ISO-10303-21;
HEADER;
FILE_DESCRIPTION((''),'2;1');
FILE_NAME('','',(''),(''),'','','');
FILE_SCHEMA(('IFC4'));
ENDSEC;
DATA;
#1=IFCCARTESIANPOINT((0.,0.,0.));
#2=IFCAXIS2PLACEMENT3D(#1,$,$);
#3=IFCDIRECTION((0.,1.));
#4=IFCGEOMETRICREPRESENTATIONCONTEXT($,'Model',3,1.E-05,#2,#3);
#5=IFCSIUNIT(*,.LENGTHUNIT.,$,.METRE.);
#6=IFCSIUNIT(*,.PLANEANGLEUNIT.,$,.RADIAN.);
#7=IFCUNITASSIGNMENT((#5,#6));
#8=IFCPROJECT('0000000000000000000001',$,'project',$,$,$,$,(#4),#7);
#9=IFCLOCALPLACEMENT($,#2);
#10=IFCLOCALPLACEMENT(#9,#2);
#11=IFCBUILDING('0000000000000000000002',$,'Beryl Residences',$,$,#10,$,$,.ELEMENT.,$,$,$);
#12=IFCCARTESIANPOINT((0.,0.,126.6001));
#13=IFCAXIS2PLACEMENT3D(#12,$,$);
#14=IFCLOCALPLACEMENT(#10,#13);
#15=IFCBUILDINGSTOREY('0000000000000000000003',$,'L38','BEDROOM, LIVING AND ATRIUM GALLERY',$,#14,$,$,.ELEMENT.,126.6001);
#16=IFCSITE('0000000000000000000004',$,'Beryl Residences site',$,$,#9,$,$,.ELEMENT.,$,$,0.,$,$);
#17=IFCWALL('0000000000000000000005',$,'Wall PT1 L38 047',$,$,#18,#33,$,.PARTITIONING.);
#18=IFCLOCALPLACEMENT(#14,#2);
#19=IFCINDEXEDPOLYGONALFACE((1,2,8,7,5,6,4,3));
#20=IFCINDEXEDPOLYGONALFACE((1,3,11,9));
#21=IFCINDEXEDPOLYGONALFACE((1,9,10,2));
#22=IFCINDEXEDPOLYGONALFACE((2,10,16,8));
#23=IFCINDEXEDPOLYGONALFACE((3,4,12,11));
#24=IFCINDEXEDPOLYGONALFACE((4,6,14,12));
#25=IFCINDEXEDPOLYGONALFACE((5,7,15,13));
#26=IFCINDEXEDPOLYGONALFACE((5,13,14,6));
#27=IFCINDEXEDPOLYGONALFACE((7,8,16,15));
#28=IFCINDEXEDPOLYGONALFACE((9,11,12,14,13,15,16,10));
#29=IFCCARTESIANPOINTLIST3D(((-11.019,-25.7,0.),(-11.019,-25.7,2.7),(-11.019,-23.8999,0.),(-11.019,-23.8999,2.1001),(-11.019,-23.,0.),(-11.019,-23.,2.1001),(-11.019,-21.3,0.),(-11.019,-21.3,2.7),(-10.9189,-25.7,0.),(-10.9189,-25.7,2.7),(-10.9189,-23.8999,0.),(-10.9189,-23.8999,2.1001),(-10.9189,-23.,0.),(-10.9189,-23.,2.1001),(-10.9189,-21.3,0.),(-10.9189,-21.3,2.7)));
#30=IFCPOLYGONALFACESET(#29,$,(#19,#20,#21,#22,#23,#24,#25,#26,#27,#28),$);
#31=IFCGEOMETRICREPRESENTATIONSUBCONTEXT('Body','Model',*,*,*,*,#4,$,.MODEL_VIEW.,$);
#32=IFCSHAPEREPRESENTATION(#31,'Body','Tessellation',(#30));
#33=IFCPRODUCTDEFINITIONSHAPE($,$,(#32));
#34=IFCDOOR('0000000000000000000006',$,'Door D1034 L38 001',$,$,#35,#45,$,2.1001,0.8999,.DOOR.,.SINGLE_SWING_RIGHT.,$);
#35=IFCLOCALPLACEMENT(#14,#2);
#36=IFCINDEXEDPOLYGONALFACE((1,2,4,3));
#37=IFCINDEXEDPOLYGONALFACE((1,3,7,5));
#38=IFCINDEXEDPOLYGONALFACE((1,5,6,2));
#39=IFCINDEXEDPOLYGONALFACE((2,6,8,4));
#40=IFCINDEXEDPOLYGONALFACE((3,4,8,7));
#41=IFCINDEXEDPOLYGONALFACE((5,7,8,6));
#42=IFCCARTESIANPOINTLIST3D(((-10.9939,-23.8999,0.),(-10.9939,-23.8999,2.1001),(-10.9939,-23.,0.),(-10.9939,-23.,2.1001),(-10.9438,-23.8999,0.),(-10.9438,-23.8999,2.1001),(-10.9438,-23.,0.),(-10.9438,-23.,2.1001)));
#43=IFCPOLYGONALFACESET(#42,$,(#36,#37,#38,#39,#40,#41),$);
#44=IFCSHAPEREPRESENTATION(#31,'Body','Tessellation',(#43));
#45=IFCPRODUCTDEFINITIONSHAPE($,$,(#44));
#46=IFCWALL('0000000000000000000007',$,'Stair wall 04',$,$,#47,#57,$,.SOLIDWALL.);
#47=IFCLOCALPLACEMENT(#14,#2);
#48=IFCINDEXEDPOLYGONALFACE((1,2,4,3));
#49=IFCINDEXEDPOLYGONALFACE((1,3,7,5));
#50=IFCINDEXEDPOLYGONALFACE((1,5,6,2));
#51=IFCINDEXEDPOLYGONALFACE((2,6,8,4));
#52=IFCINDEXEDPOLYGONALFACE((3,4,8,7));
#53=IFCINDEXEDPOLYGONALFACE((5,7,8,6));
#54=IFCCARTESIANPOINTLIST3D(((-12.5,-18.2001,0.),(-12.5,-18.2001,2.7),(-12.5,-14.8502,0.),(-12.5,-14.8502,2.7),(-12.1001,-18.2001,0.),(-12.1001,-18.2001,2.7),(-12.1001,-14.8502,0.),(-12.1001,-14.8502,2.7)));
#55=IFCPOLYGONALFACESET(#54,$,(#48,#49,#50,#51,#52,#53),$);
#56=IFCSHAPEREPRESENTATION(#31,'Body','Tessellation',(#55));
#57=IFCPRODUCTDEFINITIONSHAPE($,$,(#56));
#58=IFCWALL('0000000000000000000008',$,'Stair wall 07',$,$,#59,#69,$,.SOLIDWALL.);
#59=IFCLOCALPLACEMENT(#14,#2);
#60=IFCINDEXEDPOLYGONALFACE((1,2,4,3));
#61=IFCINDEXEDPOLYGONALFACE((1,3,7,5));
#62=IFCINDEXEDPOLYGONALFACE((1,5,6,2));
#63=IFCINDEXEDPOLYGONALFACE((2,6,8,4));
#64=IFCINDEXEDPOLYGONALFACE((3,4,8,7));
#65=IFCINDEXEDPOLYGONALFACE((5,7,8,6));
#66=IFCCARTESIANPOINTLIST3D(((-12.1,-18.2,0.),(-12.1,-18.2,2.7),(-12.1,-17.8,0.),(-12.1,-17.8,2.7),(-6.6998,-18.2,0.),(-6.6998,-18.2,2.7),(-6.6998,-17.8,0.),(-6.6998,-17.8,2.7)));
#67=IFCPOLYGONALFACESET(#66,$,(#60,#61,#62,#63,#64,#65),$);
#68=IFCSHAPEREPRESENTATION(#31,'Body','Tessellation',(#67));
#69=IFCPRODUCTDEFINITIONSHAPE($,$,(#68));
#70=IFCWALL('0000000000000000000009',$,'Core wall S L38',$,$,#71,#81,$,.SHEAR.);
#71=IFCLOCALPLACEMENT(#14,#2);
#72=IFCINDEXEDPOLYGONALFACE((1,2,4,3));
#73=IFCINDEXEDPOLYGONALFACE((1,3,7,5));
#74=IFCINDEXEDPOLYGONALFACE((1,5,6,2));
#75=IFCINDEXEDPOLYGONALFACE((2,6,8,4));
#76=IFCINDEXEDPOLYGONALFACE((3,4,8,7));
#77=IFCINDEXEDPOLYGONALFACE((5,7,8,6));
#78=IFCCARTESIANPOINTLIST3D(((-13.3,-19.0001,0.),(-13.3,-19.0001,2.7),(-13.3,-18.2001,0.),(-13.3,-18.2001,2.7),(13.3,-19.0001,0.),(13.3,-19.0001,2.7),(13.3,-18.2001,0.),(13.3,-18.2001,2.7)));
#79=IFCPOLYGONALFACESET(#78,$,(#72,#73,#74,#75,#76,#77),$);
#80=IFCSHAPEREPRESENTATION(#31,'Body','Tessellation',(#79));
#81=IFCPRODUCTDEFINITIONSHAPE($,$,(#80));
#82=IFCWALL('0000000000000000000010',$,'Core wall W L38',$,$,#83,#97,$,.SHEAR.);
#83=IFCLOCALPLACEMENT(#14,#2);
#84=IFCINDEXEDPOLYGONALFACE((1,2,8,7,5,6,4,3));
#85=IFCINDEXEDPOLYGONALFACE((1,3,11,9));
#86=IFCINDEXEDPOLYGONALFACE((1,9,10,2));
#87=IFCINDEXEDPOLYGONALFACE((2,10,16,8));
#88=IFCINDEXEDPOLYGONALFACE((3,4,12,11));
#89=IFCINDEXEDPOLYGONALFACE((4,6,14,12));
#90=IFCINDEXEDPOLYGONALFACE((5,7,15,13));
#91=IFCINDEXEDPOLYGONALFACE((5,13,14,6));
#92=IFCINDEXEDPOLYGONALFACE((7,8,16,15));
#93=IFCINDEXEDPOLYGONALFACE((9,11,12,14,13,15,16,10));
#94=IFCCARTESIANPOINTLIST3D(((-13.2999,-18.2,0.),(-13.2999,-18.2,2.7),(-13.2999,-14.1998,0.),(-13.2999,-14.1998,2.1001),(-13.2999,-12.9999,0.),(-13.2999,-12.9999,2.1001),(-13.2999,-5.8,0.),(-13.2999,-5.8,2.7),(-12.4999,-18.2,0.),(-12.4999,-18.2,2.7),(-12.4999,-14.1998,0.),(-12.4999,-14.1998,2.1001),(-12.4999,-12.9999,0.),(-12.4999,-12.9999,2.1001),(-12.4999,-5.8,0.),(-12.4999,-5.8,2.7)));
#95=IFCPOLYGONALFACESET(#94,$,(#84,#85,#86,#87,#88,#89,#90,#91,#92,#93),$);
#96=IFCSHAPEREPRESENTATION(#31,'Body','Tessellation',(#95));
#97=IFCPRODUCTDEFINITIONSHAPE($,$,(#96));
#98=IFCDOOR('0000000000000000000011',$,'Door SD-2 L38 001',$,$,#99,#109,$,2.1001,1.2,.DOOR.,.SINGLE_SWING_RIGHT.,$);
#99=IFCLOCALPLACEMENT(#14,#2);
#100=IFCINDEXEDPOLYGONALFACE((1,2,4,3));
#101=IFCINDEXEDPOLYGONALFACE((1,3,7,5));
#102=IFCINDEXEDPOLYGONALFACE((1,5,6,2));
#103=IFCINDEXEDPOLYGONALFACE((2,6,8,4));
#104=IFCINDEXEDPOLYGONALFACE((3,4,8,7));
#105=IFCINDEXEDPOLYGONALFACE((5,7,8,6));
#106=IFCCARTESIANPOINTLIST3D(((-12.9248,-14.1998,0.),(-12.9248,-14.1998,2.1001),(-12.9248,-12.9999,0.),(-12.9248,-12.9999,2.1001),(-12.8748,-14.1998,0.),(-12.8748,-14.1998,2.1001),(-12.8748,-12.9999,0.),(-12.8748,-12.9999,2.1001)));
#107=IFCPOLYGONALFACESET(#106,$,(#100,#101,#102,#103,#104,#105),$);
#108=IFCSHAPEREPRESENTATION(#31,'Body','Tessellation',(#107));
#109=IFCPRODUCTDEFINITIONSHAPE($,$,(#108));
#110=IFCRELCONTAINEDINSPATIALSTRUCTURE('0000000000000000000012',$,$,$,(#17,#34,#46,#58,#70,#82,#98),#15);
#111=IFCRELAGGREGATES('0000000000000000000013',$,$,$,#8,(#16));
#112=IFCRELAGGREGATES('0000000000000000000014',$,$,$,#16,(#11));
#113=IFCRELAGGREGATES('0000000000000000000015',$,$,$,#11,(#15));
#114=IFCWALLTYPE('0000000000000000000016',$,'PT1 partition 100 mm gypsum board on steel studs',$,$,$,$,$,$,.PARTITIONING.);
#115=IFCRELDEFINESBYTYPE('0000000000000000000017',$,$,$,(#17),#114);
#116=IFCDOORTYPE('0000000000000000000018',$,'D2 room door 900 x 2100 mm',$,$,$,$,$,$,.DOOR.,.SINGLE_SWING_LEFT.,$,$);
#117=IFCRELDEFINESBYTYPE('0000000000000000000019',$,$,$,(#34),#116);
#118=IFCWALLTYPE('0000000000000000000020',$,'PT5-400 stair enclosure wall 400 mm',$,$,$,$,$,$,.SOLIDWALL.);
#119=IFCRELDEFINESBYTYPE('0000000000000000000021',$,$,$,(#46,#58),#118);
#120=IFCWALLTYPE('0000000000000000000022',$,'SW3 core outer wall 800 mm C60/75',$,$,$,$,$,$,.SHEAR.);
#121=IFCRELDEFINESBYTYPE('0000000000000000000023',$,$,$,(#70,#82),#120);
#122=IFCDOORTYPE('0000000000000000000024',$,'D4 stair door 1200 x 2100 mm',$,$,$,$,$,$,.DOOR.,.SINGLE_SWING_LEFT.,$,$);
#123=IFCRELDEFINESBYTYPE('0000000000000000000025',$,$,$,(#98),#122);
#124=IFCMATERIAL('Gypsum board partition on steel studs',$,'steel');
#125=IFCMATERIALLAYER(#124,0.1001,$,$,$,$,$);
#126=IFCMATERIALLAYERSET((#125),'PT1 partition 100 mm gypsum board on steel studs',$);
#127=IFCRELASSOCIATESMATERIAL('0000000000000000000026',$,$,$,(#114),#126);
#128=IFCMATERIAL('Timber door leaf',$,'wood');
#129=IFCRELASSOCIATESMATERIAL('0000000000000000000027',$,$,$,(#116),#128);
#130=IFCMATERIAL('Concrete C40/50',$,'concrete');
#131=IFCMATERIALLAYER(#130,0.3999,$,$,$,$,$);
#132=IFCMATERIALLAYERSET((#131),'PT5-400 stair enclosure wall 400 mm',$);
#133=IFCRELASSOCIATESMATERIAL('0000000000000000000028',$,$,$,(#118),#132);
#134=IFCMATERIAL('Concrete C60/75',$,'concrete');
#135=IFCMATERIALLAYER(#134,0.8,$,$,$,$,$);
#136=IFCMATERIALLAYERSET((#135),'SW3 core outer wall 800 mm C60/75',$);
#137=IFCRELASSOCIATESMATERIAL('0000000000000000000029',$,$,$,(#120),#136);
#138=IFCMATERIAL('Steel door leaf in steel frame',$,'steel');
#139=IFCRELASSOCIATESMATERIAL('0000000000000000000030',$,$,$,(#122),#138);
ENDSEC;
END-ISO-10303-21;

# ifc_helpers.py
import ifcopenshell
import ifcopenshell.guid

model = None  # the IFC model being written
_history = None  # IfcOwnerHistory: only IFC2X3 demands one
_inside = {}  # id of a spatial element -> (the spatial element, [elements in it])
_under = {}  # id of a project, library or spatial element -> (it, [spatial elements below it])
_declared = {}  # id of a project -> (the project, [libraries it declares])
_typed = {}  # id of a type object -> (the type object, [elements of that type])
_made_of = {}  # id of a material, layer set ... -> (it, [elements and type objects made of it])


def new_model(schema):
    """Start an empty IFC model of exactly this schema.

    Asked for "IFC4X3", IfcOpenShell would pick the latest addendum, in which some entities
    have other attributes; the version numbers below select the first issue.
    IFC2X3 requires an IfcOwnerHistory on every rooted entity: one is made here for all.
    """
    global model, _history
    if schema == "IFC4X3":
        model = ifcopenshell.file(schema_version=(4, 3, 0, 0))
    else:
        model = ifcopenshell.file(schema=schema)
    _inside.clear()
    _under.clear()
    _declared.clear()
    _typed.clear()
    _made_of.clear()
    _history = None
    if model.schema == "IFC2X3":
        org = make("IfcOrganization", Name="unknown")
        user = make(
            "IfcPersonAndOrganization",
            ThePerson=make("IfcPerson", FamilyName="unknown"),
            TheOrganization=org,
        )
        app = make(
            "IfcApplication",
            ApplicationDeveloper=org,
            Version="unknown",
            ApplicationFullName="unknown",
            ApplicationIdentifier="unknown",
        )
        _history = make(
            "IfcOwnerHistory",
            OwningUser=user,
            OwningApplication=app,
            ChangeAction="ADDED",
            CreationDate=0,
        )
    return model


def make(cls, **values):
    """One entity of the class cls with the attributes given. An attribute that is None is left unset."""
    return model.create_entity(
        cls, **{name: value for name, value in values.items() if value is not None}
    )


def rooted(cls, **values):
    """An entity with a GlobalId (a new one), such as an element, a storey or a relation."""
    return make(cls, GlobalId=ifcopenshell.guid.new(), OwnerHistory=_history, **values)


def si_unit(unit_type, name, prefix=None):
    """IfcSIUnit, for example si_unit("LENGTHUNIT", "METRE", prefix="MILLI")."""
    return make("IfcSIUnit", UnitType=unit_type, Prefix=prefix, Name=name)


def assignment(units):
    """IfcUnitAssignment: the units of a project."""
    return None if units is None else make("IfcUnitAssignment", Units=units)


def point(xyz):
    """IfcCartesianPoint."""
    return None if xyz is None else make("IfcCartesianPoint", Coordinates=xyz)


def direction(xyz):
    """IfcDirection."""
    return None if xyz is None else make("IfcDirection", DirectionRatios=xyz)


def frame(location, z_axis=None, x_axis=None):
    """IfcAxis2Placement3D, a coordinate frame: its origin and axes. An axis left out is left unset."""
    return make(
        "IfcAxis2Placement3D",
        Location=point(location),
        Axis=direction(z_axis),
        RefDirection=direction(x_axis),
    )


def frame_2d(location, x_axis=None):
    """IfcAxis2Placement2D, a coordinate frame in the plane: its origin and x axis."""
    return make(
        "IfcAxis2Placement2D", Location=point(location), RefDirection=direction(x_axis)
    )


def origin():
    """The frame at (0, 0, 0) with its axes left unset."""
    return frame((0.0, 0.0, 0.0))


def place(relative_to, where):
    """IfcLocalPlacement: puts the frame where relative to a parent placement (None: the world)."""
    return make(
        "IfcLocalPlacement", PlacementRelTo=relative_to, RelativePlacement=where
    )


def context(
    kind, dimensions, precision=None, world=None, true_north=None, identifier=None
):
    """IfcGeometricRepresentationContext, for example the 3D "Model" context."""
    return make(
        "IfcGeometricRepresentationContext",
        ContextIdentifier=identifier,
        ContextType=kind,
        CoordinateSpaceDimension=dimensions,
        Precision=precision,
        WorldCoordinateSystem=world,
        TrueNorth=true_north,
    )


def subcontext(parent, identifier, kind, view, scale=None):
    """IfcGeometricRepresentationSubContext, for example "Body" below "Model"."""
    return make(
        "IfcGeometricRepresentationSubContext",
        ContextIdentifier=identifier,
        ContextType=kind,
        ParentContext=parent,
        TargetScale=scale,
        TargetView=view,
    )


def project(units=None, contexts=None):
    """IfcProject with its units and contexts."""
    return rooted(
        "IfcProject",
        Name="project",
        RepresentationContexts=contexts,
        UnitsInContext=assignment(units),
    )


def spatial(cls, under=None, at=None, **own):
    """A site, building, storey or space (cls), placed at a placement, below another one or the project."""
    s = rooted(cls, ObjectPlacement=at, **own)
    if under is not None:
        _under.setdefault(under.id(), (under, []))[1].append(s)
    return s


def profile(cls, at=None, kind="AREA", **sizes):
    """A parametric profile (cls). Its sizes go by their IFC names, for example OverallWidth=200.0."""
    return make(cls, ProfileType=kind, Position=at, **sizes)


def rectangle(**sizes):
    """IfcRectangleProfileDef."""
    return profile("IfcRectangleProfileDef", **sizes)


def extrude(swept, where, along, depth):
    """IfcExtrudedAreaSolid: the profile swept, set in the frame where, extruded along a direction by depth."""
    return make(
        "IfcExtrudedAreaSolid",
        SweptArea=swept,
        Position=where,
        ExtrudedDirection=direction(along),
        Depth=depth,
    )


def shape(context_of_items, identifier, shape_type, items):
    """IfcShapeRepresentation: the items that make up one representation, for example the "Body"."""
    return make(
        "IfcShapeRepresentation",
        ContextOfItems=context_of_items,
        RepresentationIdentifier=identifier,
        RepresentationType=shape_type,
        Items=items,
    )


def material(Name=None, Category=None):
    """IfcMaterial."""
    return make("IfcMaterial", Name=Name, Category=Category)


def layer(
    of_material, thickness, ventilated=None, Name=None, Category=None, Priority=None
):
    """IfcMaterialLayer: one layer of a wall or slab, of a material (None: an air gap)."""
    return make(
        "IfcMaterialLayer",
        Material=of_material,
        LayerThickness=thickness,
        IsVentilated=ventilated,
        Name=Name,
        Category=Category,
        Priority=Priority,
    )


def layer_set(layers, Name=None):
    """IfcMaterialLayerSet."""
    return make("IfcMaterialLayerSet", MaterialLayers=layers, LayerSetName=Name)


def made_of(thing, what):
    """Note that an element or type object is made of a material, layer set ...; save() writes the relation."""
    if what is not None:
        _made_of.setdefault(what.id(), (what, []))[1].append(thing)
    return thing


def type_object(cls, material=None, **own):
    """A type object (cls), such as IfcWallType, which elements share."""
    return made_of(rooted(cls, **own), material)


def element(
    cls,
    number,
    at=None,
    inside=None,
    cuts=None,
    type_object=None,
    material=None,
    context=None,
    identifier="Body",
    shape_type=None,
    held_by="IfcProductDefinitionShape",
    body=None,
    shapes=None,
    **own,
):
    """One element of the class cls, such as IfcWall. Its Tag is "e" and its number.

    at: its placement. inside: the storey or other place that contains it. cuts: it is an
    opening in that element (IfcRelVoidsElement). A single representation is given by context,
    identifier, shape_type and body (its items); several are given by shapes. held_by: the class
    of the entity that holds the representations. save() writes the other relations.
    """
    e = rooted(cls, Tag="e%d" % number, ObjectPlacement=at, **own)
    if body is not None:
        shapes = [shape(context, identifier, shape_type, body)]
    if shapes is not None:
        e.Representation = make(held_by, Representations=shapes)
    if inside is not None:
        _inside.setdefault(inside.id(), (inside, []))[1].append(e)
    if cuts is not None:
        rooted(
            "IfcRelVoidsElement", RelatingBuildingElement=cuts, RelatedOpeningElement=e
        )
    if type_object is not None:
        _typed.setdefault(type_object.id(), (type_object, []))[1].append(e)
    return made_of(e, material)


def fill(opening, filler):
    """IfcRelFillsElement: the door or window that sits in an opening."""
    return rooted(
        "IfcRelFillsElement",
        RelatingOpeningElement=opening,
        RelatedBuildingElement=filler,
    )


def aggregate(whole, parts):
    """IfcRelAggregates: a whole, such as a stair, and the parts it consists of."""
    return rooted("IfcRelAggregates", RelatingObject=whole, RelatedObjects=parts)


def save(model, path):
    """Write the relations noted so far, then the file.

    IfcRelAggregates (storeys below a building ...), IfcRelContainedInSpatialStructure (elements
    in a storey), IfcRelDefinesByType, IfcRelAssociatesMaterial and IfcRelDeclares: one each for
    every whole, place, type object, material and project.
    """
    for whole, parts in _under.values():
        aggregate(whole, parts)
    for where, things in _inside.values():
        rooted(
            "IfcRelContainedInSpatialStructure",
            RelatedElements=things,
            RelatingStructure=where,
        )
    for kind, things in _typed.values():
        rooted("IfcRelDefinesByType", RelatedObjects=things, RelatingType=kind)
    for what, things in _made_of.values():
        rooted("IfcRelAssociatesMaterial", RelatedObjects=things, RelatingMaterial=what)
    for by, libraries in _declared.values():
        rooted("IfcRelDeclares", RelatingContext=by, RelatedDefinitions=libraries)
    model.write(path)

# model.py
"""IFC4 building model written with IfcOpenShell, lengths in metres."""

from ifc_helpers import new_model, si_unit, direction, frame, frame_2d, origin, place, context, subcontext, project, spatial, rectangle, extrude, material, layer, layer_set, type_object, element, fill, save


model = new_model("IFC4")

# Units and contexts
model_context = context("Model", 3, precision=1e-05, world=origin(), true_north=direction((0.0, 1.0)))
body_context = subcontext(model_context, "Body", "Model", "MODEL_VIEW")
ifc_project = project(units=[si_unit("LENGTHUNIT", "METRE"), si_unit("PLANEANGLEUNIT", "RADIAN")], contexts=[model_context])

# Site, building, storey
site_placement = place(None, origin())
site = spatial("IfcSite", under=ifc_project, at=site_placement, Name="Beryl Residences site", CompositionType="ELEMENT", RefElevation=0.0)
building_placement = place(site_placement, origin())
building = spatial("IfcBuilding", under=site, at=building_placement, Name="Beryl Residences", CompositionType="ELEMENT")
storey_placement = place(building_placement, frame((0.0, 0.0, 126.6001)))
storey = spatial("IfcBuildingStorey", under=building, at=storey_placement, Name="L38", Description="BEDROOM, LIVING AND ATRIUM GALLERY", CompositionType="ELEMENT", Elevation=126.6001)

# Wall, opening, door
ifc_material_1 = material(Name="Gypsum board partition on steel studs", Category="steel")
ifc_layer_1 = layer(ifc_material_1, 0.1001)
ifc_layer_set_1 = layer_set([ifc_layer_1], Name="PT1 partition 100 mm gypsum board on steel studs")
wall_type_1 = type_object("IfcWallType", Name="PT1 partition 100 mm gypsum board on steel studs", PredefinedType="PARTITIONING", material=ifc_layer_set_1)
wall_1_placement = place(storey_placement, frame((-10.969, -25.7, 0.0), z_axis=(0.0, 0.0, 1.0), x_axis=(0.0, 1.0, 0.0)))
wall_1 = element("IfcWall", 1, at=wall_1_placement, inside=storey, type_object=wall_type_1, Name="Wall PT1 L38 047", PredefinedType="PARTITIONING", context=body_context, shape_type="SweptSolid", body=[
    extrude(rectangle(XDim=4.3999, YDim=0.1001, at=frame_2d((2.2, 0.0))), origin(), (0.0, 0.0, 1.0), 2.7),
])
opening_1_placement = place(wall_1_placement, frame((1.8, 0.0, 0.0)))
opening_1 = element("IfcOpeningElement", 2, at=opening_1_placement, cuts=wall_1, PredefinedType="OPENING", context=body_context, shape_type="SweptSolid", body=[
    extrude(rectangle(XDim=0.8999, YDim=2.1001, at=frame_2d((0.45, 1.05))), frame((0.0, 0.0601, 0.0), z_axis=(0.0, -1.0, 0.0), x_axis=(1.0, 0.0, 0.0)), (0.0, 0.0, 1.0), 0.1201),
])
ifc_material_2 = material(Name="Timber door leaf", Category="wood")
door_type_1 = type_object("IfcDoorType", Name="D2 room door 900 x 2100 mm", OperationType="SINGLE_SWING_LEFT", PredefinedType="DOOR", material=ifc_material_2)
door_1_placement = place(opening_1_placement, origin())
door_1 = element("IfcDoor", 3, at=door_1_placement, inside=storey, type_object=door_type_1, Name="Door D1034 L38 001", OperationType="SINGLE_SWING_RIGHT", OverallHeight=2.1001, OverallWidth=0.8999, PredefinedType="DOOR", context=body_context, shape_type="SweptSolid", body=[
    extrude(rectangle(XDim=0.8999, YDim=2.1001, at=frame_2d((0.45, 1.05))), frame((0.0, 0.0249, 0.0), z_axis=(0.0, -1.0, 0.0), x_axis=(1.0, 0.0, 0.0)), (0.0, 0.0, 1.0), 0.05),
])
fill(opening_1, door_1)

# Walls
ifc_material_3 = material(Name="Concrete C40/50", Category="concrete")
ifc_layer_2 = layer(ifc_material_3, 0.3999)
ifc_layer_set_2 = layer_set([ifc_layer_2], Name="PT5-400 stair enclosure wall 400 mm")
wall_type_2 = type_object("IfcWallType", Name="PT5-400 stair enclosure wall 400 mm", PredefinedType="SOLIDWALL", material=ifc_layer_set_2)
wall_2_placement = place(storey_placement, frame((-12.3, -18.2, 0.0), z_axis=(0.0, 0.0, 1.0), x_axis=(0.0, 1.0, 0.0)))
element("IfcWall", 4, at=wall_2_placement, inside=storey, type_object=wall_type_2, Name="Stair wall 04", PredefinedType="SOLIDWALL", context=body_context, shape_type="SweptSolid", body=[
    extrude(rectangle(XDim=3.3499, YDim=0.3999, at=frame_2d((1.6748, 0.0))), origin(), (0.0, 0.0, 1.0), 2.7),
])
wall_3_placement = place(storey_placement, frame((-12.1001, -18.0, 0.0), z_axis=(0.0, 0.0, 1.0), x_axis=(1.0, 0.0, 0.0)))
element("IfcWall", 5, at=wall_3_placement, inside=storey, type_object=wall_type_2, Name="Stair wall 07", PredefinedType="SOLIDWALL", context=body_context, shape_type="SweptSolid", body=[
    extrude(rectangle(XDim=5.4001, YDim=0.3999, at=frame_2d((2.7002, 0.0))), origin(), (0.0, 0.0, 1.0), 2.7),
])
ifc_material_4 = material(Name="Concrete C60/75", Category="concrete")
ifc_layer_3 = layer(ifc_material_4, 0.8)
ifc_layer_set_3 = layer_set([ifc_layer_3], Name="SW3 core outer wall 800 mm C60/75")
wall_type_3 = type_object("IfcWallType", Name="SW3 core outer wall 800 mm C60/75", PredefinedType="SHEAR", material=ifc_layer_set_3)
wall_4_placement = place(storey_placement, frame((-13.3, -18.6001, 0.0), z_axis=(0.0, 0.0, 1.0), x_axis=(1.0, 0.0, 0.0)))
element("IfcWall", 6, at=wall_4_placement, inside=storey, type_object=wall_type_3, Name="Core wall S L38", PredefinedType="SHEAR", context=body_context, shape_type="SweptSolid", body=[
    extrude(rectangle(XDim=26.6001, YDim=0.8, at=frame_2d((13.3, 0.0))), origin(), (0.0, 0.0, 1.0), 2.7),
])

# Wall, opening, door
wall_5_placement = place(storey_placement, frame((-12.8999, -18.2, 0.0), z_axis=(0.0, 0.0, 1.0), x_axis=(0.0, 1.0, 0.0)))
wall_5 = element("IfcWall", 7, at=wall_5_placement, inside=storey, type_object=wall_type_3, Name="Core wall W L38", PredefinedType="SHEAR", context=body_context, shape_type="SweptSolid", body=[
    extrude(rectangle(XDim=12.3999, YDim=0.8, at=frame_2d((6.2, 0.0))), origin(), (0.0, 0.0, 1.0), 2.7),
])
opening_2_placement = place(wall_5_placement, frame((4.0, 0.0, 0.0)))
opening_2 = element("IfcOpeningElement", 8, at=opening_2_placement, cuts=wall_5, PredefinedType="OPENING", context=body_context, shape_type="SweptSolid", body=[
    extrude(rectangle(XDim=1.2, YDim=2.1001, at=frame_2d((0.6001, 1.05))), frame((0.0, 0.4099, 0.0), z_axis=(0.0, -1.0, 0.0), x_axis=(1.0, 0.0, 0.0)), (0.0, 0.0, 1.0), 0.8201),
])
ifc_material_5 = material(Name="Steel door leaf in steel frame", Category="steel")
door_type_2 = type_object("IfcDoorType", Name="D4 stair door 1200 x 2100 mm", OperationType="SINGLE_SWING_LEFT", PredefinedType="DOOR", material=ifc_material_5)
door_2_placement = place(opening_2_placement, origin())
door_2 = element("IfcDoor", 9, at=door_2_placement, inside=storey, type_object=door_type_2, Name="Door SD-2 L38 001", OperationType="SINGLE_SWING_RIGHT", OverallHeight=2.1001, OverallWidth=1.2, PredefinedType="DOOR", context=body_context, shape_type="SweptSolid", body=[
    extrude(rectangle(XDim=1.2, YDim=2.1001, at=frame_2d((0.6001, 1.05))), frame((0.0, 0.0249, 0.0), z_axis=(0.0, -1.0, 0.0), x_axis=(1.0, 0.0, 0.0)), (0.0, 0.0, 1.0), 0.05),
])
fill(opening_2, door_2)

save(model, "model.ifc")
